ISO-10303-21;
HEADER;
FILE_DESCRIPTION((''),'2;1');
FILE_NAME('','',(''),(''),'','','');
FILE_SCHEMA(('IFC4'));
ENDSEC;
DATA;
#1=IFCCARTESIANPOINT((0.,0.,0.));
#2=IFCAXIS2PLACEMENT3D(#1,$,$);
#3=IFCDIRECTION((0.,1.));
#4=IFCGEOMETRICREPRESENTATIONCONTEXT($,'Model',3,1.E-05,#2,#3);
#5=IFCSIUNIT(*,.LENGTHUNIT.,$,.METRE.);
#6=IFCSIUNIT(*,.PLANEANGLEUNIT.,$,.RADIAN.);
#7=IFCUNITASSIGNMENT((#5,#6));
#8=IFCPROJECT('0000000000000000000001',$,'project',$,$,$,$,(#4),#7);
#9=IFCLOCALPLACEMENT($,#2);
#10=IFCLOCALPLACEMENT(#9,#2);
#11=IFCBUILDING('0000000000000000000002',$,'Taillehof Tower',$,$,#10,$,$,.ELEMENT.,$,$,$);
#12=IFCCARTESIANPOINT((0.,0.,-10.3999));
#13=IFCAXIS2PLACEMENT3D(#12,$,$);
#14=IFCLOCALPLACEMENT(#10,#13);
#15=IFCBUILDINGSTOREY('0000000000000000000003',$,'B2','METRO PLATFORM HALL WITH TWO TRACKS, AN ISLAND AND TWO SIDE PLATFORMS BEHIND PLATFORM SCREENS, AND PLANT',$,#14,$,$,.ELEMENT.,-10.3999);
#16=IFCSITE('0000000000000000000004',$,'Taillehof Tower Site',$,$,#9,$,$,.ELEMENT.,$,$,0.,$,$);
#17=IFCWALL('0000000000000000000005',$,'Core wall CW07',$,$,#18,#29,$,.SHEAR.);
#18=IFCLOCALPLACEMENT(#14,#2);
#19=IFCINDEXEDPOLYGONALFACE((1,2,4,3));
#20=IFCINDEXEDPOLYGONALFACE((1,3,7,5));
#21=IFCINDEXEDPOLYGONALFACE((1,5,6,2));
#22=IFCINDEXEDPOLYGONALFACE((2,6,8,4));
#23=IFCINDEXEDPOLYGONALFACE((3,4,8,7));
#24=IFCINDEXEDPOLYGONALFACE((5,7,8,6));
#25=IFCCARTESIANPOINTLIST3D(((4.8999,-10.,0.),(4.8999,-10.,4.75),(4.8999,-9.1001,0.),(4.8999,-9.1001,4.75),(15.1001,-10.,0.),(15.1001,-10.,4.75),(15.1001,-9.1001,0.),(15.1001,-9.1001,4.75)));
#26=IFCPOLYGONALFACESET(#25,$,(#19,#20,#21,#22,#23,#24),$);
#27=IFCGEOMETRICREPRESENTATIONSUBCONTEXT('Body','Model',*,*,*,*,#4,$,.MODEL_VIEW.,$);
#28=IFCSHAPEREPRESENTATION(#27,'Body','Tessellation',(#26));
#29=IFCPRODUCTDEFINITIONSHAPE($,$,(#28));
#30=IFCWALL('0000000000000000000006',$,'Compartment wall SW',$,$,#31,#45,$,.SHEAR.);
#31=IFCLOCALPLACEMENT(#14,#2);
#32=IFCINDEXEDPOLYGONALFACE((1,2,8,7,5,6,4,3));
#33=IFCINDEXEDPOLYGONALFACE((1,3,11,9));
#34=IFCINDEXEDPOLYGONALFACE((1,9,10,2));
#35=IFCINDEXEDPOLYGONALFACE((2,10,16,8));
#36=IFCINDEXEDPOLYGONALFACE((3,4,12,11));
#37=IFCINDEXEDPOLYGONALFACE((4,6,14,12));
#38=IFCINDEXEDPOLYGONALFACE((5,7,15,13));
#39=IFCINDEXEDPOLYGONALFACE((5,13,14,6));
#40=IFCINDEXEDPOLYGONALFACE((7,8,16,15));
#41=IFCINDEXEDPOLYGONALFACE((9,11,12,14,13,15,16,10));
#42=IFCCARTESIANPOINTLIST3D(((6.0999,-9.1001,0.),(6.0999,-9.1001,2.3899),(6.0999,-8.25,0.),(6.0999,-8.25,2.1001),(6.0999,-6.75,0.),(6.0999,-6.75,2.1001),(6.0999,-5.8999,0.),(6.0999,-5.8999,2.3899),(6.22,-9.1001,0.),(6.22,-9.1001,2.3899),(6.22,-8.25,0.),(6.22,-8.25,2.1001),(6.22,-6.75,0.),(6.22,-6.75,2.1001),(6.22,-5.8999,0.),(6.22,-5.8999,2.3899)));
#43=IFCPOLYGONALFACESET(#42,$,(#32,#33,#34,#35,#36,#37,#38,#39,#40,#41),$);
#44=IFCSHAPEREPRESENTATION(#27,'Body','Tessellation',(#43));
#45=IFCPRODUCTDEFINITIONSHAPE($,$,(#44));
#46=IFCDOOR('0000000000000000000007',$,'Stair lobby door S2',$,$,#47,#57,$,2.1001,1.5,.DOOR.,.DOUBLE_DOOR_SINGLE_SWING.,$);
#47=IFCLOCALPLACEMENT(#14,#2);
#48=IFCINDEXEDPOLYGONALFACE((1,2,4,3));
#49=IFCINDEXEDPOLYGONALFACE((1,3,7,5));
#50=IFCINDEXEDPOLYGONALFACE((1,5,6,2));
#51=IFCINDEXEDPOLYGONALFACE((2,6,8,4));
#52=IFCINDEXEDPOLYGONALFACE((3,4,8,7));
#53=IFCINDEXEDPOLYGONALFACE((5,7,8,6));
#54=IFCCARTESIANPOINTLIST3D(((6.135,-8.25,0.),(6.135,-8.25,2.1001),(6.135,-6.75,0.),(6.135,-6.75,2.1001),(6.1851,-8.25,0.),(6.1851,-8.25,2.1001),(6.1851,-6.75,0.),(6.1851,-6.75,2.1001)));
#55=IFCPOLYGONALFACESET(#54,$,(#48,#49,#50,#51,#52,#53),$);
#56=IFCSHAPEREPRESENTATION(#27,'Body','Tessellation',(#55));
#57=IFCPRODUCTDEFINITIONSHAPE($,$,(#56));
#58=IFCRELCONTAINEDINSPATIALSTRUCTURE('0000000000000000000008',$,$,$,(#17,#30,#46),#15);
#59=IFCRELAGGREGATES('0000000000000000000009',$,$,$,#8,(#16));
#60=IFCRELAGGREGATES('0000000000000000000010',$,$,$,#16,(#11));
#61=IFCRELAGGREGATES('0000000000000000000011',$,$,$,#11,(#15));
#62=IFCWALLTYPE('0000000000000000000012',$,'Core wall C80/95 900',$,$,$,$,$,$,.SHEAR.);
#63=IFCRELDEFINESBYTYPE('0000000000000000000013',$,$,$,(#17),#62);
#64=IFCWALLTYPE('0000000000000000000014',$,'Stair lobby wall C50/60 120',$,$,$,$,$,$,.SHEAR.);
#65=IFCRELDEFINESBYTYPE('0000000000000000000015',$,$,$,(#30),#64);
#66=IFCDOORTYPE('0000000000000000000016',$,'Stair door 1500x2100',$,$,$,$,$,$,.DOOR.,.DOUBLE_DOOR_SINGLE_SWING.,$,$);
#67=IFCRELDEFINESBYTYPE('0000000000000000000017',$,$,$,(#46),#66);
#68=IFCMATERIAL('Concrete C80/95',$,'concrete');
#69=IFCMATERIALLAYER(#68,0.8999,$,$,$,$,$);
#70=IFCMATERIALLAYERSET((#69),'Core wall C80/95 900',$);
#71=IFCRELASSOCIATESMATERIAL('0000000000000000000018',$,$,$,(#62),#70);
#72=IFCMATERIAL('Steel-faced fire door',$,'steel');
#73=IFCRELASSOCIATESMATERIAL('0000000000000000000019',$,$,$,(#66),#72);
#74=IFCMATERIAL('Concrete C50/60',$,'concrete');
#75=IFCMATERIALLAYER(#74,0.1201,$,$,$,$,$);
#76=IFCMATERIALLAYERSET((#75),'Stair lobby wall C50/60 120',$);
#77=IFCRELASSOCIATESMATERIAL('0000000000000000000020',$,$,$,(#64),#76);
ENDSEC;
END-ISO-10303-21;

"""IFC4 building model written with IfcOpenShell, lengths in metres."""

from ifc_helpers import new_model, si_unit, direction, frame, frame_2d, origin, place, context, subcontext, project, spatial, rectangle, extrude, material, layer, layer_set, type_object, element, fill, save


model = new_model("IFC4")

# Units and contexts
model_context = context("Model", 3, precision=1e-05, world=origin(), true_north=direction((0.0, 1.0)))
body_context = subcontext(model_context, "Body", "Model", "MODEL_VIEW")
ifc_project = project(units=[si_unit("LENGTHUNIT", "METRE"), si_unit("PLANEANGLEUNIT", "RADIAN")], contexts=[model_context])

# Site, building, storey
site_placement = place(None, origin())
site = spatial("IfcSite", under=ifc_project, at=site_placement, Name="Taillehof Tower Site", CompositionType="ELEMENT", RefElevation=0.0)
building_placement = place(site_placement, origin())
building = spatial("IfcBuilding", under=site, at=building_placement, Name="Taillehof Tower", CompositionType="ELEMENT")
storey_placement = place(building_placement, frame((0.0, 0.0, -10.3999)))
storey = spatial("IfcBuildingStorey", under=building, at=storey_placement, Name="B2", Description="METRO PLATFORM HALL WITH TWO TRACKS, AN ISLAND AND TWO SIDE PLATFORMS BEHIND PLATFORM SCREENS, AND PLANT", CompositionType="ELEMENT", Elevation=-10.3999)

# Shared definitions
ifc_material_1 = material(Name="Concrete C80/95", Category="concrete")
ifc_layer_1 = layer(ifc_material_1, 0.8999)
ifc_layer_set_1 = layer_set([ifc_layer_1], Name="Core wall C80/95 900")
wall_type_1 = type_object("IfcWallType", Name="Core wall C80/95 900", PredefinedType="SHEAR", material=ifc_layer_set_1)
ifc_material_2 = material(Name="Steel-faced fire door", Category="steel")
door_type_1 = type_object("IfcDoorType", Name="Stair door 1500x2100", OperationType="DOUBLE_DOOR_SINGLE_SWING", PredefinedType="DOOR", material=ifc_material_2)

# Wall
wall_1_placement = place(storey_placement, frame((4.8999, -9.55, 0.0), z_axis=(0.0, 0.0, 1.0), x_axis=(1.0, 0.0, 0.0)))
element("IfcWall", 1, at=wall_1_placement, inside=storey, type_object=wall_type_1, Name="Core wall CW07", PredefinedType="SHEAR", context=body_context, shape_type="SweptSolid", body=[
    extrude(rectangle(XDim=10.2002, YDim=0.8999, at=frame_2d((5.1001, 0.0))), origin(), (0.0, 0.0, 1.0), 4.75),
])

# Wall, opening, door
ifc_material_3 = material(Name="Concrete C50/60", Category="concrete")
ifc_layer_2 = layer(ifc_material_3, 0.1201)
ifc_layer_set_2 = layer_set([ifc_layer_2], Name="Stair lobby wall C50/60 120")
wall_type_2 = type_object("IfcWallType", Name="Stair lobby wall C50/60 120", PredefinedType="SHEAR", material=ifc_layer_set_2)
wall_2_placement = place(storey_placement, frame((6.1599, -9.1001, 0.0), z_axis=(0.0, 0.0, 1.0), x_axis=(0.0, 1.0, 0.0)))
wall_2 = element("IfcWall", 2, at=wall_2_placement, inside=storey, type_object=wall_type_2, Name="Compartment wall SW", PredefinedType="SHEAR", context=body_context, shape_type="SweptSolid", body=[
    extrude(rectangle(XDim=3.2002, YDim=0.1201, at=frame_2d((1.6001, 0.0))), origin(), (0.0, 0.0, 1.0), 2.3899),
])
opening_1_placement = place(wall_2_placement, frame((0.8501, 0.0, 0.0)))
opening_1 = element("IfcOpeningElement", 3, at=opening_1_placement, cuts=wall_2, PredefinedType="OPENING", context=body_context, shape_type="SweptSolid", body=[
    extrude(rectangle(XDim=1.5, YDim=2.1001, at=frame_2d((0.75, 1.05))), frame((0.0, 0.0701, 0.0), z_axis=(0.0, -1.0, 0.0), x_axis=(1.0, 0.0, 0.0)), (0.0, 0.0, 1.0), 0.1401),
])
door_1_placement = place(opening_1_placement, origin())
door_1 = element("IfcDoor", 4, at=door_1_placement, inside=storey, type_object=door_type_1, Name="Stair lobby door S2", OperationType="DOUBLE_DOOR_SINGLE_SWING", OverallHeight=2.1001, OverallWidth=1.5, PredefinedType="DOOR", context=body_context, shape_type="SweptSolid", body=[
    extrude(rectangle(XDim=1.5, YDim=2.1001, at=frame_2d((0.75, 1.05))), frame((0.0, 0.0249, 0.0), z_axis=(0.0, -1.0, 0.0), x_axis=(1.0, 0.0, 0.0)), (0.0, 0.0, 1.0), 0.05),
])
fill(opening_1, door_1)

save(model, "model.ifc")
